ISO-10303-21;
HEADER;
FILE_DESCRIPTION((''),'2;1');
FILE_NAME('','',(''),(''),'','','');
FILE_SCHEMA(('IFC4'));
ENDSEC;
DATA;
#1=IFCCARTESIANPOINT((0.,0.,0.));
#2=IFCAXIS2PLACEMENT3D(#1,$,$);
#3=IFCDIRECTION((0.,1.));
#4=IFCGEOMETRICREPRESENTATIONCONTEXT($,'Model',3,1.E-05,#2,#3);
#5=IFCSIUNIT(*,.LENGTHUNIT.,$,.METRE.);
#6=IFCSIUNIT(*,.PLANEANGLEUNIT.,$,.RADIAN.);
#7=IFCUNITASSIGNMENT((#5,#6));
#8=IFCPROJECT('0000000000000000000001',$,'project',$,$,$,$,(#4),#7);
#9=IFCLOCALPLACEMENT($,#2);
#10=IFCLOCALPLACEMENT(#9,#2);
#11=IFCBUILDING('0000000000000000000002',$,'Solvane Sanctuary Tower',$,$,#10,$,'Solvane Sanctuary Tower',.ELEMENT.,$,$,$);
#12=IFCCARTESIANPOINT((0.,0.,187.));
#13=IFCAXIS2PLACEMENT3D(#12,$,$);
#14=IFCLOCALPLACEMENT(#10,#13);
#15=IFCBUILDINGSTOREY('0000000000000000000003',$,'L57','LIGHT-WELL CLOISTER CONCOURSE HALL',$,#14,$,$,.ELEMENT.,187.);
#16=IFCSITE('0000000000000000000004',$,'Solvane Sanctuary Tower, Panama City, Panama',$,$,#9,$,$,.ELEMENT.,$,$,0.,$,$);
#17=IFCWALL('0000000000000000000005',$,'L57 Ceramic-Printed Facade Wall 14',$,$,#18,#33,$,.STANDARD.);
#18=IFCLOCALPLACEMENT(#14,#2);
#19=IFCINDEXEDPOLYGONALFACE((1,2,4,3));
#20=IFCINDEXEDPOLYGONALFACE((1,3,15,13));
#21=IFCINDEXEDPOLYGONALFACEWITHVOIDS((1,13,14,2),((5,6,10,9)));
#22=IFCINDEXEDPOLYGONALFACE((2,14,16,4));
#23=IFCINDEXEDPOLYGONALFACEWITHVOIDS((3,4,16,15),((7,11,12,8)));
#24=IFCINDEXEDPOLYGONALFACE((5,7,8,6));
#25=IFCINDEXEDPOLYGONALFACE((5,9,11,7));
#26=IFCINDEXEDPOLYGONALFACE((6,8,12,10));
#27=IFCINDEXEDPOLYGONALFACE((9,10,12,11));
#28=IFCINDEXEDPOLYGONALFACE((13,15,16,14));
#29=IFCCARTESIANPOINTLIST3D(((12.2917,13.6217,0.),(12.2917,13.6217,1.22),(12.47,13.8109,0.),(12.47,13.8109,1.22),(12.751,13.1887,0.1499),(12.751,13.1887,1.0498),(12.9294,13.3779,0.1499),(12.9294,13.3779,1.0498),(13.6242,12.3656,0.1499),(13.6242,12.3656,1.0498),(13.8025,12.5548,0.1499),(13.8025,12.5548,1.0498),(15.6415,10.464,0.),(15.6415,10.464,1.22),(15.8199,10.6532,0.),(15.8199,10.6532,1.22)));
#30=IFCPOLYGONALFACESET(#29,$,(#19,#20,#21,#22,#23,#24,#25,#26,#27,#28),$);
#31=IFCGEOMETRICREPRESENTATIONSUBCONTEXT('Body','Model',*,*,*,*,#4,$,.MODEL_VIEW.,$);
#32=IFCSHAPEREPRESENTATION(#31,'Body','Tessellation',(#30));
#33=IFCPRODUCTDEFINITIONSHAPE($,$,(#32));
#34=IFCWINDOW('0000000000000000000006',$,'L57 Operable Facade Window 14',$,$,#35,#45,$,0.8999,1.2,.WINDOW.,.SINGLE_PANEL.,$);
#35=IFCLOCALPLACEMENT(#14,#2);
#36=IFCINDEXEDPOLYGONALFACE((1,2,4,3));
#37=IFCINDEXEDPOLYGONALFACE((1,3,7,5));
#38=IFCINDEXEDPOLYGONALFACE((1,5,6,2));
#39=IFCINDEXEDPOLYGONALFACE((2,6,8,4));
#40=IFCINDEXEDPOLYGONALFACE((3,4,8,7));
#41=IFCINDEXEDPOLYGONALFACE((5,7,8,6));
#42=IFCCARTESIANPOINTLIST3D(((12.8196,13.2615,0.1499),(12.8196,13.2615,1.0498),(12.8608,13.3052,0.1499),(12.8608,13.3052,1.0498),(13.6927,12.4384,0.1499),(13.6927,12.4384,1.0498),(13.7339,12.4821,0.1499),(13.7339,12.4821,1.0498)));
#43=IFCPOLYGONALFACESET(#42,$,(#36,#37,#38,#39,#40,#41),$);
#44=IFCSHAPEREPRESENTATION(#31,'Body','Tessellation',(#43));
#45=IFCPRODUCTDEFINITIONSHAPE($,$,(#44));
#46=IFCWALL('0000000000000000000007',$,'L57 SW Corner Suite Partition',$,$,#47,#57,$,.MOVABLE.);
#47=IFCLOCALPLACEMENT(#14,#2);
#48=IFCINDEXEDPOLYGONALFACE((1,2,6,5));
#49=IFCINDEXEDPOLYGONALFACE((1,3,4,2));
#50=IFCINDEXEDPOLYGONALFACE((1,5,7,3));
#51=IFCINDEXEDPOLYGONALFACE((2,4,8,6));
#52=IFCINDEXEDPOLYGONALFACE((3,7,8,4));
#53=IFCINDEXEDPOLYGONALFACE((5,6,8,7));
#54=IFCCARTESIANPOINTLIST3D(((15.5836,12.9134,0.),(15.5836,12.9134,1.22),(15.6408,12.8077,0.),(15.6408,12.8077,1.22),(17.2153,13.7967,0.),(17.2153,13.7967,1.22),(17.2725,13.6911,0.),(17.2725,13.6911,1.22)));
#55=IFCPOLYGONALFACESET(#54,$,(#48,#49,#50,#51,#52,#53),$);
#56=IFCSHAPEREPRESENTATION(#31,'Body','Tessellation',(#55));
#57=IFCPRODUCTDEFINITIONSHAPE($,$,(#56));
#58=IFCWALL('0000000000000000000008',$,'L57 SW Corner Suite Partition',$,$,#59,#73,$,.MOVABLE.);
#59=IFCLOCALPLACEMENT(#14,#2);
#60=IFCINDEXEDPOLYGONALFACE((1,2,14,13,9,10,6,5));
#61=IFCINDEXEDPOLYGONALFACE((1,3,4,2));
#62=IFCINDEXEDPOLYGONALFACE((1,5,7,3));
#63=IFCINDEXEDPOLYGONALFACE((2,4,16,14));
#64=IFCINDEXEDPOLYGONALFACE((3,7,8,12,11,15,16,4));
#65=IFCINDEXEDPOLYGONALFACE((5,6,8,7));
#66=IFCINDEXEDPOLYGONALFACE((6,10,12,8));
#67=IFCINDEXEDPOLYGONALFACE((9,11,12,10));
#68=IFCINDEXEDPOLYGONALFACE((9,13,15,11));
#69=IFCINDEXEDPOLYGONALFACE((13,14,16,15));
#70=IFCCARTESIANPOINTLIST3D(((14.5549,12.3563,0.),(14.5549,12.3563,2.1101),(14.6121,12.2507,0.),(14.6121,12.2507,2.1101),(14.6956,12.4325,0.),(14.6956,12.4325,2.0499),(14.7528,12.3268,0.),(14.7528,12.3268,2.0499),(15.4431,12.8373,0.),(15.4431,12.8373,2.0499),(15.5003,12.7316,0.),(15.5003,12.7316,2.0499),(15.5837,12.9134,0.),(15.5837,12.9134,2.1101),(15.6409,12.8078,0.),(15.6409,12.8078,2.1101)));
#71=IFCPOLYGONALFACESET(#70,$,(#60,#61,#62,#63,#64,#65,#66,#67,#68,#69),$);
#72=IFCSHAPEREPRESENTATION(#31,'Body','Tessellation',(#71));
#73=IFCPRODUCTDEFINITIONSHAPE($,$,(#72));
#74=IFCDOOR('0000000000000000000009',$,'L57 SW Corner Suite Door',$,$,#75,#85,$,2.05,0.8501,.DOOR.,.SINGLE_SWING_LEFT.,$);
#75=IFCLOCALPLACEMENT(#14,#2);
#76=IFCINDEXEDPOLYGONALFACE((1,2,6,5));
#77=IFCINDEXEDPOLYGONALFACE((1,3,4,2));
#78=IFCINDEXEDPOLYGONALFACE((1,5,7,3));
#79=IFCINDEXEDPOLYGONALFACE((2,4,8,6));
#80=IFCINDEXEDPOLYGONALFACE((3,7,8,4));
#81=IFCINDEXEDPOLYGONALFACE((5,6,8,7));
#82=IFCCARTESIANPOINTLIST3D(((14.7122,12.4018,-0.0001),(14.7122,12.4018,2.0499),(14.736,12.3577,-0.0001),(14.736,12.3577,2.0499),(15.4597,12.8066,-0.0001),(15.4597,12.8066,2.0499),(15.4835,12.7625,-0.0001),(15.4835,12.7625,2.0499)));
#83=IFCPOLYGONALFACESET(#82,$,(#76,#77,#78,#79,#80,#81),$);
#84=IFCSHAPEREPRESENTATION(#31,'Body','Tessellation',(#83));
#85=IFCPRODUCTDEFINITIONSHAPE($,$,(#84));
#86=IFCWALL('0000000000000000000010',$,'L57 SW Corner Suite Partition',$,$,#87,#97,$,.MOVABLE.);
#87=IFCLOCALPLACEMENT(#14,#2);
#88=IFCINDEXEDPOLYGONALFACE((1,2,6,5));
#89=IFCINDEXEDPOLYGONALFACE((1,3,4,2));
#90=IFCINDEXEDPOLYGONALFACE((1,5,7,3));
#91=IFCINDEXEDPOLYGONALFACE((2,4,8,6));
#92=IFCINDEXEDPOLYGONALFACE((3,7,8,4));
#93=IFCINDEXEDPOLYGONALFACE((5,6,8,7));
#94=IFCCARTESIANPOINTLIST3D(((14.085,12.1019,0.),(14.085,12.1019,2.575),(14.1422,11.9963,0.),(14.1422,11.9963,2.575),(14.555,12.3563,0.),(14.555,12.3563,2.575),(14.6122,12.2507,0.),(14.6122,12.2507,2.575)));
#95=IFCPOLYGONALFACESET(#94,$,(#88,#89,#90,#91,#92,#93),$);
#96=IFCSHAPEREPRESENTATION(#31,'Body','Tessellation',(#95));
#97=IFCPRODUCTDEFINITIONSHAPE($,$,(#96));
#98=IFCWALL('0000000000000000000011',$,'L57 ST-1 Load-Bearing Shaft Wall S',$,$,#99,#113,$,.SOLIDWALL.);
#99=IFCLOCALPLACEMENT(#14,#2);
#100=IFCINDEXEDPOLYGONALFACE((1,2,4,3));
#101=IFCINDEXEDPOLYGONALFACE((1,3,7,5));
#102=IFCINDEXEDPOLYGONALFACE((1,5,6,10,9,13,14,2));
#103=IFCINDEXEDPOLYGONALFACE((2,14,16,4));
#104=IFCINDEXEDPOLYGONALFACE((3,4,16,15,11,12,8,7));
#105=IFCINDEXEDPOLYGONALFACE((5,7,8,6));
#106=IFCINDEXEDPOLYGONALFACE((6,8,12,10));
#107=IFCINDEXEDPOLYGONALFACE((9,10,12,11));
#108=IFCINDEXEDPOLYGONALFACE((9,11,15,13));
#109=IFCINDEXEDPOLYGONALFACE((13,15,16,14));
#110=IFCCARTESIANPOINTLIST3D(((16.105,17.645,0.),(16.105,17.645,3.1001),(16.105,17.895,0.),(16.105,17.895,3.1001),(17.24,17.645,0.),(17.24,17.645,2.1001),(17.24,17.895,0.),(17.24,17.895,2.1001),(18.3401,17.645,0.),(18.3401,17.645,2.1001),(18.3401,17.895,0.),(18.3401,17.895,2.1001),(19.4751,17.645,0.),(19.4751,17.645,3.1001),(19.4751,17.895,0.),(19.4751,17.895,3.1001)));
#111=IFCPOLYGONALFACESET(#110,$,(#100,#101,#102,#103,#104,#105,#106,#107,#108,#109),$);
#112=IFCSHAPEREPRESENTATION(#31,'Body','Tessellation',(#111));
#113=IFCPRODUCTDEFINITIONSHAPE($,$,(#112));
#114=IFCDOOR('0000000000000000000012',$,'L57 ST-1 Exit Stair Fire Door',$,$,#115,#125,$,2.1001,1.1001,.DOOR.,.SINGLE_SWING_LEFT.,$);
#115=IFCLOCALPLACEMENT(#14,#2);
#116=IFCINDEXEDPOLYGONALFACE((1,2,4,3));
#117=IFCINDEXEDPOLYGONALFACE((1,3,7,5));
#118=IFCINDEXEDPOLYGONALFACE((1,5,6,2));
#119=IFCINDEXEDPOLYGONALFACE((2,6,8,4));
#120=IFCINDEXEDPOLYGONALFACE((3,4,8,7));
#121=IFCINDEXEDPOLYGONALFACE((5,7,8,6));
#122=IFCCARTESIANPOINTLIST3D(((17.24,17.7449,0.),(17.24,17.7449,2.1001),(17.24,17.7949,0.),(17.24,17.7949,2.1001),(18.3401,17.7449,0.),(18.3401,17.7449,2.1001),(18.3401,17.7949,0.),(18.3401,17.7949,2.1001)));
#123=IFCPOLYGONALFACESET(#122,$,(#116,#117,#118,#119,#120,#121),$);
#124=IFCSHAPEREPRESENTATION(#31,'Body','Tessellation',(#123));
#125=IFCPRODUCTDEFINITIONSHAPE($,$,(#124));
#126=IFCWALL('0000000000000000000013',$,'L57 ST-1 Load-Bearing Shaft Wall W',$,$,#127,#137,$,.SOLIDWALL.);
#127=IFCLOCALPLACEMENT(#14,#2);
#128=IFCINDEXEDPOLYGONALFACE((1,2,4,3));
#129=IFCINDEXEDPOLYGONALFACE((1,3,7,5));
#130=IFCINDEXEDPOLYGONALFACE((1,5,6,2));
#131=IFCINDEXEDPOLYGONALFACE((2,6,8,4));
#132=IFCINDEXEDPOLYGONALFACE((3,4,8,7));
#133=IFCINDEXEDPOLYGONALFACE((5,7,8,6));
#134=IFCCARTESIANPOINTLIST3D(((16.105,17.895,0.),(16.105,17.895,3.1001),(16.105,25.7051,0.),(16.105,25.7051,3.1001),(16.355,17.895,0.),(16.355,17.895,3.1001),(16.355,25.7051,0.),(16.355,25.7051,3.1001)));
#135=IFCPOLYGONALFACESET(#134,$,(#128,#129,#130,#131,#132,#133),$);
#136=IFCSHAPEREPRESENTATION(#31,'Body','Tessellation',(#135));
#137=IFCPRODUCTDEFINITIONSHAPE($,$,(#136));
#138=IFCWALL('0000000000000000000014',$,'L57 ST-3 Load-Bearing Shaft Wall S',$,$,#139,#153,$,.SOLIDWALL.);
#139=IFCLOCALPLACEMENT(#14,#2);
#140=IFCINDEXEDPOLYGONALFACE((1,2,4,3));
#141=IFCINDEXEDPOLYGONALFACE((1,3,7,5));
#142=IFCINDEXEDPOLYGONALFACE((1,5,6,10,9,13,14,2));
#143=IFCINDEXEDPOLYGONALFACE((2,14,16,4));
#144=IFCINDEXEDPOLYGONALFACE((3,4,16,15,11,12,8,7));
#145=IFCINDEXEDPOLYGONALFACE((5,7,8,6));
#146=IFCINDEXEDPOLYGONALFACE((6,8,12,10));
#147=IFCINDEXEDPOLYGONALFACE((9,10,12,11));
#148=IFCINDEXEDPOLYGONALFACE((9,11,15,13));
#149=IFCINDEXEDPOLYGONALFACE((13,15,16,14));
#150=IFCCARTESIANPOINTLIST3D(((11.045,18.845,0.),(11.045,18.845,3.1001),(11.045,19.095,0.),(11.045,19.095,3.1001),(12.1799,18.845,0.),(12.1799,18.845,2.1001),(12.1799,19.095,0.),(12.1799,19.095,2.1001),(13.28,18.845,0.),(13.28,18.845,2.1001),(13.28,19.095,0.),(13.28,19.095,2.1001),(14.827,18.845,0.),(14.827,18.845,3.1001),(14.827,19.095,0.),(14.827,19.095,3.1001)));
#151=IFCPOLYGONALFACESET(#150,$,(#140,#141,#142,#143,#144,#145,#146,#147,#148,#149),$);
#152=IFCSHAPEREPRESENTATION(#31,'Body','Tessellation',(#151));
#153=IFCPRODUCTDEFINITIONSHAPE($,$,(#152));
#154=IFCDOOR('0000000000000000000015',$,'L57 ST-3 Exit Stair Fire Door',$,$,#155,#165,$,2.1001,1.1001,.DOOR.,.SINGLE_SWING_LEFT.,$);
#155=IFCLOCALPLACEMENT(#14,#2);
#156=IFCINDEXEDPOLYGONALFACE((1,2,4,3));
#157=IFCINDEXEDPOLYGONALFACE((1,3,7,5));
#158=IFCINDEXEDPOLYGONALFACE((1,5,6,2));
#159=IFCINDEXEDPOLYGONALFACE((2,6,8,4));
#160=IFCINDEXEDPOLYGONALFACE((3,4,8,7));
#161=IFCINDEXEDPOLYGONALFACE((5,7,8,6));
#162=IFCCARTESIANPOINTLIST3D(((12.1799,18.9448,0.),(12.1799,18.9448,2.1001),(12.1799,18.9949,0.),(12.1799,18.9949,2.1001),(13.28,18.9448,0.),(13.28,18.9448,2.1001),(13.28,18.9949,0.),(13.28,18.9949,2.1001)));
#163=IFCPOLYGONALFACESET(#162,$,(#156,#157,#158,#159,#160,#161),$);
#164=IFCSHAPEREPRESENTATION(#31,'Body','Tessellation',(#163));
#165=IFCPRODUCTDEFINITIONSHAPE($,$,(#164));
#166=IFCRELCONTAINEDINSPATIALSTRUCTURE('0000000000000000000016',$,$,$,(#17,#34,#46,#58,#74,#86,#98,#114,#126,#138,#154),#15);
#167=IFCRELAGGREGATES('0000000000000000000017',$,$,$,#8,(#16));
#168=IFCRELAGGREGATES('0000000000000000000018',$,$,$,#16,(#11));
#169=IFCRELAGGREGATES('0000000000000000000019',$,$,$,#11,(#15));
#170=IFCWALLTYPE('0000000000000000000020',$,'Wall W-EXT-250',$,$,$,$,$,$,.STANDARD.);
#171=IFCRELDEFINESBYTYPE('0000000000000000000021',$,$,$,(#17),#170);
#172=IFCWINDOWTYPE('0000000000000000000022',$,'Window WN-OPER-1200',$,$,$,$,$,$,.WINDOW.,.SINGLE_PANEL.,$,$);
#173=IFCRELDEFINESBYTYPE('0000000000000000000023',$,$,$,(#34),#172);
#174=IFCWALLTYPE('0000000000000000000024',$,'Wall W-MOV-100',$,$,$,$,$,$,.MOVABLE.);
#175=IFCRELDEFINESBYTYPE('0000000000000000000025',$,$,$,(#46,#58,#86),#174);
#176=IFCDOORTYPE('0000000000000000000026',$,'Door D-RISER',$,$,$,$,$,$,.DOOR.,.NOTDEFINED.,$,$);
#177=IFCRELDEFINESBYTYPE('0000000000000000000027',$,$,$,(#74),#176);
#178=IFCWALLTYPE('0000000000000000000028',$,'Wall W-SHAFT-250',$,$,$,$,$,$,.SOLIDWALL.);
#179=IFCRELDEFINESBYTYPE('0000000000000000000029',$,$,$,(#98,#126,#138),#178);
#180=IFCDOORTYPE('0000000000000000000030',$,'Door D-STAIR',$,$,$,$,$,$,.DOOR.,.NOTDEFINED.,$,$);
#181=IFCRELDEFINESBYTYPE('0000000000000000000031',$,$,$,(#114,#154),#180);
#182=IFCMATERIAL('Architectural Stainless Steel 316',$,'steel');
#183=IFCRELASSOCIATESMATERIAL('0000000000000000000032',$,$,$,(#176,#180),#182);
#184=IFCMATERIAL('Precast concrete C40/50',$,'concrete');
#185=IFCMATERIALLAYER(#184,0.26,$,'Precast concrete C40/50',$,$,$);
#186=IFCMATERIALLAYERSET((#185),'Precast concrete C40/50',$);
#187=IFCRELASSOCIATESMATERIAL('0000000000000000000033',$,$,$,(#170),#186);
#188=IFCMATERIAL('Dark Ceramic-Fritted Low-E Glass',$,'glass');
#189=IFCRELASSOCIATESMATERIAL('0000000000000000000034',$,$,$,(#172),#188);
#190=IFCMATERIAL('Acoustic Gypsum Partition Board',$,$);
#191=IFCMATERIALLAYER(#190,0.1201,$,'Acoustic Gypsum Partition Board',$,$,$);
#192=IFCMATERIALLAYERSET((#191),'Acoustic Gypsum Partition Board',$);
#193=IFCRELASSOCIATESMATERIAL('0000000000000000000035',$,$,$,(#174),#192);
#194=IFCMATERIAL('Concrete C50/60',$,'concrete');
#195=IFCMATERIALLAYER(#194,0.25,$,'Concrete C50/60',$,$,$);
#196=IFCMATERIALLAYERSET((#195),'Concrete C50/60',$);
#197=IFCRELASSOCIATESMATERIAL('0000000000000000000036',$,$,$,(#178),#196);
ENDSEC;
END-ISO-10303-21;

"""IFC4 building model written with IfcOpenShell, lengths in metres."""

from ifc_helpers import new_model, si_unit, direction, frame, frame_2d, origin, place, context, subcontext, project, spatial, rectangle, extrude, material, layer, layer_set, type_object, element, fill, save


model = new_model("IFC4")

# Units and contexts
model_context = context("Model", 3, precision=1e-05, world=origin(), true_north=direction((0.0, 1.0)))
body_context = subcontext(model_context, "Body", "Model", "MODEL_VIEW")
ifc_project = project(units=[si_unit("LENGTHUNIT", "METRE"), si_unit("PLANEANGLEUNIT", "RADIAN")], contexts=[model_context])

# Site, building, storey
site_placement = place(None, origin())
site = spatial("IfcSite", under=ifc_project, at=site_placement, Name="Solvane Sanctuary Tower, Panama City, Panama", CompositionType="ELEMENT", RefElevation=0.0)
building_placement = place(site_placement, origin())
building = spatial("IfcBuilding", under=site, at=building_placement, Name="Solvane Sanctuary Tower", LongName="Solvane Sanctuary Tower", CompositionType="ELEMENT")
storey_placement = place(building_placement, frame((0.0, 0.0, 187.0)))
storey = spatial("IfcBuildingStorey", under=building, at=storey_placement, Name="L57", Description="LIGHT-WELL CLOISTER CONCOURSE HALL", CompositionType="ELEMENT", Elevation=187.0)

# Shared definitions
ifc_material_1 = material(Name="Concrete C50/60", Category="concrete")

# Shared definitions
ifc_material_2 = material(Name="Acoustic Gypsum Partition Board")
ifc_material_3 = material(Name="Architectural Stainless Steel 316", Category="steel")
door_type_1 = type_object("IfcDoorType", Name="Door D-RISER", OperationType="NOTDEFINED", PredefinedType="DOOR", material=ifc_material_3)

# Wall, opening, window
ifc_material_4 = material(Name="Precast concrete C40/50", Category="concrete")
ifc_layer_1 = layer(ifc_material_4, 0.26, Name="Precast concrete C40/50")
ifc_layer_set_1 = layer_set([ifc_layer_1], Name="Precast concrete C40/50")
wall_type_1 = type_object("IfcWallType", Name="Wall W-EXT-250", PredefinedType="STANDARD", material=ifc_layer_set_1)
ifc_material_5 = material(Name="Dark Ceramic-Fritted Low-E Glass", Category="glass")
window_type = type_object("IfcWindowType", Name="Window WN-OPER-1200", PartitioningType="SINGLE_PANEL", PredefinedType="WINDOW", material=ifc_material_5)
wall_1_placement = place(storey_placement, frame((12.3809, 13.7163, 0.0), z_axis=(0.0, 0.0, 1.0), x_axis=(0.727667, -0.68593, 0.0)))
wall_1 = element("IfcWall", 1, at=wall_1_placement, inside=storey, type_object=wall_type_1, Name="L57 Ceramic-Printed Facade Wall 14", PredefinedType="STANDARD", context=body_context, shape_type="SweptSolid", body=[
    extrude(rectangle(XDim=4.6035, YDim=0.26, at=frame_2d((2.3018, 0.0))), origin(), (0.0, 0.0, 1.0), 1.22),
])
opening_1_placement = place(wall_1_placement, frame((0.6311, 0.0, 0.1499)))
opening_1 = element("IfcOpeningElement", 2, at=opening_1_placement, cuts=wall_1, PredefinedType="OPENING", context=body_context, shape_type="SweptSolid", body=[
    extrude(rectangle(XDim=1.2, YDim=0.8999, at=frame_2d((0.6001, 0.45))), frame((0.0, 0.1399, 0.0), z_axis=(0.0, -1.0, 0.0), x_axis=(1.0, 0.0, 0.0)), (0.0, 0.0, 1.0), 0.28),
])
window_1_placement = place(opening_1_placement, origin())
window_1 = element("IfcWindow", 3, at=window_1_placement, inside=storey, type_object=window_type, Name="L57 Operable Facade Window 14", OverallHeight=0.8999, OverallWidth=1.2, PartitioningType="SINGLE_PANEL", PredefinedType="WINDOW", context=body_context, shape_type="SweptSolid", body=[
    extrude(rectangle(XDim=1.2, YDim=0.8999, at=frame_2d((0.6001, 0.45))), frame((0.0, 0.03, 0.0), z_axis=(0.0, -1.0, 0.0), x_axis=(1.0, 0.0, 0.0)), (0.0, 0.0, 1.0), 0.0601),
])
fill(opening_1, window_1)

# Wall
ifc_layer_2 = layer(ifc_material_2, 0.1201, Name="Acoustic Gypsum Partition Board")
ifc_layer_set_2 = layer_set([ifc_layer_2], Name="Acoustic Gypsum Partition Board")
wall_type_2 = type_object("IfcWallType", Name="Wall W-MOV-100", PredefinedType="MOVABLE", material=ifc_layer_set_2)
wall_2_placement = place(storey_placement, frame((17.2439, 13.7439, 0.0), z_axis=(0.0, 0.0, 1.0), x_axis=(-0.8794, -0.476084, 0.0)))
element("IfcWall", 4, at=wall_2_placement, inside=storey, type_object=wall_type_2, Name="L57 SW Corner Suite Partition", PredefinedType="MOVABLE", context=body_context, shape_type="SweptSolid", body=[
    extrude(rectangle(XDim=1.8555, YDim=0.1201, at=frame_2d((0.9277, 0.0))), origin(), (0.0, 0.0, 1.0), 1.22),
])

# Wall, opening, door
wall_3_placement = place(storey_placement, frame((15.6123, 12.8606, 0.0), z_axis=(0.0, 0.0, 1.0), x_axis=(-0.879343, -0.476189, 0.0)))
wall_3 = element("IfcWall", 5, at=wall_3_placement, inside=storey, type_object=wall_type_2, Name="L57 SW Corner Suite Partition", PredefinedType="MOVABLE", context=body_context, shape_type="SweptSolid", body=[
    extrude(rectangle(XDim=1.1699, YDim=0.1201, at=frame_2d((0.585, 0.0))), origin(), (0.0, 0.0, 1.0), 2.1101),
])
opening_2_placement = place(wall_3_placement, frame((0.1599, 0.0, 0.0)))
opening_2 = element("IfcOpeningElement", 6, at=opening_2_placement, cuts=wall_3, PredefinedType="OPENING", context=body_context, shape_type="SweptSolid", body=[
    extrude(rectangle(XDim=0.8501, YDim=2.05, at=frame_2d((0.425, 1.0249))), frame((0.0, 0.0701, 0.0), z_axis=(0.0, -1.0, 0.0), x_axis=(1.0, 0.0, 0.0)), (0.0, 0.0, 1.0), 0.1401),
])
door_1_placement = place(opening_2_placement, origin())
door_1 = element("IfcDoor", 7, at=door_1_placement, inside=storey, type_object=door_type_1, Name="L57 SW Corner Suite Door", OperationType="SINGLE_SWING_LEFT", OverallHeight=2.05, OverallWidth=0.8501, PredefinedType="DOOR", context=body_context, shape_type="SweptSolid", body=[
    extrude(rectangle(XDim=0.8501, YDim=2.05, at=frame_2d((0.425, 1.0249))), frame((0.0, 0.0249, 0.0), z_axis=(0.0, -1.0, 0.0), x_axis=(1.0, 0.0, 0.0)), (0.0, 0.0, 1.0), 0.05),
])
fill(opening_2, door_1)

# Wall
wall_4_placement = place(storey_placement, frame((14.5835, 12.3035, 0.0), z_axis=(0.0, 0.0, 1.0), x_axis=(-0.879427, -0.476033, 0.0)))
element("IfcWall", 8, at=wall_4_placement, inside=storey, type_object=wall_type_2, Name="L57 SW Corner Suite Partition", PredefinedType="MOVABLE", context=body_context, shape_type="SweptSolid", body=[
    extrude(rectangle(XDim=0.5344, YDim=0.1201, at=frame_2d((0.2671, 0.0))), origin(), (0.0, 0.0, 1.0), 2.575),
])

# Wall, opening, door
ifc_layer_3 = layer(ifc_material_1, 0.25, Name="Concrete C50/60")
ifc_layer_set_3 = layer_set([ifc_layer_3], Name="Concrete C50/60")
wall_type_3 = type_object("IfcWallType", Name="Wall W-SHAFT-250", PredefinedType="SOLIDWALL", material=ifc_layer_set_3)
wall_5_placement = place(storey_placement, frame((16.105, 17.77, 0.0), z_axis=(0.0, 0.0, 1.0), x_axis=(1.0, 0.0, 0.0)))
wall_5 = element("IfcWall", 9, at=wall_5_placement, inside=storey, type_object=wall_type_3, Name="L57 ST-1 Load-Bearing Shaft Wall S", PredefinedType="SOLIDWALL", context=body_context, shape_type="SweptSolid", body=[
    extrude(rectangle(XDim=3.3701, YDim=0.25, at=frame_2d((1.6851, 0.0))), origin(), (0.0, 0.0, 1.0), 3.1001),
])
opening_3_placement = place(wall_5_placement, frame((1.135, 0.0, 0.0)))
opening_3 = element("IfcOpeningElement", 10, at=opening_3_placement, cuts=wall_5, PredefinedType="OPENING", context=body_context, shape_type="SweptSolid", body=[
    extrude(rectangle(XDim=1.1001, YDim=2.1001, at=frame_2d((0.55, 1.05))), frame((0.0, 0.135, 0.0), z_axis=(0.0, -1.0, 0.0), x_axis=(1.0, 0.0, 0.0)), (0.0, 0.0, 1.0), 0.27),
])
door_type_2 = type_object("IfcDoorType", Name="Door D-STAIR", OperationType="NOTDEFINED", PredefinedType="DOOR", material=ifc_material_3)
door_2_placement = place(opening_3_placement, origin())
door_2 = element("IfcDoor", 11, at=door_2_placement, inside=storey, type_object=door_type_2, Name="L57 ST-1 Exit Stair Fire Door", OperationType="SINGLE_SWING_LEFT", OverallHeight=2.1001, OverallWidth=1.1001, PredefinedType="DOOR", context=body_context, shape_type="SweptSolid", body=[
    extrude(rectangle(XDim=1.1001, YDim=2.1001, at=frame_2d((0.55, 1.05))), frame((0.0, 0.0249, 0.0), z_axis=(0.0, -1.0, 0.0), x_axis=(1.0, 0.0, 0.0)), (0.0, 0.0, 1.0), 0.05),
])
fill(opening_3, door_2)

# Wall
wall_6_placement = place(storey_placement, frame((16.23, 17.895, 0.0), z_axis=(0.0, 0.0, 1.0), x_axis=(0.0, 1.0, 0.0)))
element("IfcWall", 12, at=wall_6_placement, inside=storey, type_object=wall_type_3, Name="L57 ST-1 Load-Bearing Shaft Wall W", PredefinedType="SOLIDWALL", context=body_context, shape_type="SweptSolid", body=[
    extrude(rectangle(XDim=7.8101, YDim=0.25, at=frame_2d((3.905, 0.0))), origin(), (0.0, 0.0, 1.0), 3.1001),
])

# Wall, opening, door
wall_7_placement = place(storey_placement, frame((11.0449, 18.97, 0.0), z_axis=(0.0, 0.0, 1.0), x_axis=(1.0, 0.0, 0.0)))
wall_7 = element("IfcWall", 13, at=wall_7_placement, inside=storey, type_object=wall_type_3, Name="L57 ST-3 Load-Bearing Shaft Wall S", PredefinedType="SOLIDWALL", context=body_context, shape_type="SweptSolid", body=[
    extrude(rectangle(XDim=3.782, YDim=0.25, at=frame_2d((1.8911, 0.0))), origin(), (0.0, 0.0, 1.0), 3.1001),
])
opening_4_placement = place(wall_7_placement, frame((1.135, 0.0, 0.0)))
opening_4 = element("IfcOpeningElement", 14, at=opening_4_placement, cuts=wall_7, PredefinedType="OPENING", context=body_context, shape_type="SweptSolid", body=[
    extrude(rectangle(XDim=1.1001, YDim=2.1001, at=frame_2d((0.55, 1.05))), frame((0.0, 0.135, 0.0), z_axis=(0.0, -1.0, 0.0), x_axis=(1.0, 0.0, 0.0)), (0.0, 0.0, 1.0), 0.27),
])
door_3_placement = place(opening_4_placement, origin())
door_3 = element("IfcDoor", 15, at=door_3_placement, inside=storey, type_object=door_type_2, Name="L57 ST-3 Exit Stair Fire Door", OperationType="SINGLE_SWING_LEFT", OverallHeight=2.1001, OverallWidth=1.1001, PredefinedType="DOOR", context=body_context, shape_type="SweptSolid", body=[
    extrude(rectangle(XDim=1.1001, YDim=2.1001, at=frame_2d((0.55, 1.05))), frame((0.0, 0.0249, 0.0), z_axis=(0.0, -1.0, 0.0), x_axis=(1.0, 0.0, 0.0)), (0.0, 0.0, 1.0), 0.05),
])
fill(opening_4, door_3)

save(model, "model.ifc")
